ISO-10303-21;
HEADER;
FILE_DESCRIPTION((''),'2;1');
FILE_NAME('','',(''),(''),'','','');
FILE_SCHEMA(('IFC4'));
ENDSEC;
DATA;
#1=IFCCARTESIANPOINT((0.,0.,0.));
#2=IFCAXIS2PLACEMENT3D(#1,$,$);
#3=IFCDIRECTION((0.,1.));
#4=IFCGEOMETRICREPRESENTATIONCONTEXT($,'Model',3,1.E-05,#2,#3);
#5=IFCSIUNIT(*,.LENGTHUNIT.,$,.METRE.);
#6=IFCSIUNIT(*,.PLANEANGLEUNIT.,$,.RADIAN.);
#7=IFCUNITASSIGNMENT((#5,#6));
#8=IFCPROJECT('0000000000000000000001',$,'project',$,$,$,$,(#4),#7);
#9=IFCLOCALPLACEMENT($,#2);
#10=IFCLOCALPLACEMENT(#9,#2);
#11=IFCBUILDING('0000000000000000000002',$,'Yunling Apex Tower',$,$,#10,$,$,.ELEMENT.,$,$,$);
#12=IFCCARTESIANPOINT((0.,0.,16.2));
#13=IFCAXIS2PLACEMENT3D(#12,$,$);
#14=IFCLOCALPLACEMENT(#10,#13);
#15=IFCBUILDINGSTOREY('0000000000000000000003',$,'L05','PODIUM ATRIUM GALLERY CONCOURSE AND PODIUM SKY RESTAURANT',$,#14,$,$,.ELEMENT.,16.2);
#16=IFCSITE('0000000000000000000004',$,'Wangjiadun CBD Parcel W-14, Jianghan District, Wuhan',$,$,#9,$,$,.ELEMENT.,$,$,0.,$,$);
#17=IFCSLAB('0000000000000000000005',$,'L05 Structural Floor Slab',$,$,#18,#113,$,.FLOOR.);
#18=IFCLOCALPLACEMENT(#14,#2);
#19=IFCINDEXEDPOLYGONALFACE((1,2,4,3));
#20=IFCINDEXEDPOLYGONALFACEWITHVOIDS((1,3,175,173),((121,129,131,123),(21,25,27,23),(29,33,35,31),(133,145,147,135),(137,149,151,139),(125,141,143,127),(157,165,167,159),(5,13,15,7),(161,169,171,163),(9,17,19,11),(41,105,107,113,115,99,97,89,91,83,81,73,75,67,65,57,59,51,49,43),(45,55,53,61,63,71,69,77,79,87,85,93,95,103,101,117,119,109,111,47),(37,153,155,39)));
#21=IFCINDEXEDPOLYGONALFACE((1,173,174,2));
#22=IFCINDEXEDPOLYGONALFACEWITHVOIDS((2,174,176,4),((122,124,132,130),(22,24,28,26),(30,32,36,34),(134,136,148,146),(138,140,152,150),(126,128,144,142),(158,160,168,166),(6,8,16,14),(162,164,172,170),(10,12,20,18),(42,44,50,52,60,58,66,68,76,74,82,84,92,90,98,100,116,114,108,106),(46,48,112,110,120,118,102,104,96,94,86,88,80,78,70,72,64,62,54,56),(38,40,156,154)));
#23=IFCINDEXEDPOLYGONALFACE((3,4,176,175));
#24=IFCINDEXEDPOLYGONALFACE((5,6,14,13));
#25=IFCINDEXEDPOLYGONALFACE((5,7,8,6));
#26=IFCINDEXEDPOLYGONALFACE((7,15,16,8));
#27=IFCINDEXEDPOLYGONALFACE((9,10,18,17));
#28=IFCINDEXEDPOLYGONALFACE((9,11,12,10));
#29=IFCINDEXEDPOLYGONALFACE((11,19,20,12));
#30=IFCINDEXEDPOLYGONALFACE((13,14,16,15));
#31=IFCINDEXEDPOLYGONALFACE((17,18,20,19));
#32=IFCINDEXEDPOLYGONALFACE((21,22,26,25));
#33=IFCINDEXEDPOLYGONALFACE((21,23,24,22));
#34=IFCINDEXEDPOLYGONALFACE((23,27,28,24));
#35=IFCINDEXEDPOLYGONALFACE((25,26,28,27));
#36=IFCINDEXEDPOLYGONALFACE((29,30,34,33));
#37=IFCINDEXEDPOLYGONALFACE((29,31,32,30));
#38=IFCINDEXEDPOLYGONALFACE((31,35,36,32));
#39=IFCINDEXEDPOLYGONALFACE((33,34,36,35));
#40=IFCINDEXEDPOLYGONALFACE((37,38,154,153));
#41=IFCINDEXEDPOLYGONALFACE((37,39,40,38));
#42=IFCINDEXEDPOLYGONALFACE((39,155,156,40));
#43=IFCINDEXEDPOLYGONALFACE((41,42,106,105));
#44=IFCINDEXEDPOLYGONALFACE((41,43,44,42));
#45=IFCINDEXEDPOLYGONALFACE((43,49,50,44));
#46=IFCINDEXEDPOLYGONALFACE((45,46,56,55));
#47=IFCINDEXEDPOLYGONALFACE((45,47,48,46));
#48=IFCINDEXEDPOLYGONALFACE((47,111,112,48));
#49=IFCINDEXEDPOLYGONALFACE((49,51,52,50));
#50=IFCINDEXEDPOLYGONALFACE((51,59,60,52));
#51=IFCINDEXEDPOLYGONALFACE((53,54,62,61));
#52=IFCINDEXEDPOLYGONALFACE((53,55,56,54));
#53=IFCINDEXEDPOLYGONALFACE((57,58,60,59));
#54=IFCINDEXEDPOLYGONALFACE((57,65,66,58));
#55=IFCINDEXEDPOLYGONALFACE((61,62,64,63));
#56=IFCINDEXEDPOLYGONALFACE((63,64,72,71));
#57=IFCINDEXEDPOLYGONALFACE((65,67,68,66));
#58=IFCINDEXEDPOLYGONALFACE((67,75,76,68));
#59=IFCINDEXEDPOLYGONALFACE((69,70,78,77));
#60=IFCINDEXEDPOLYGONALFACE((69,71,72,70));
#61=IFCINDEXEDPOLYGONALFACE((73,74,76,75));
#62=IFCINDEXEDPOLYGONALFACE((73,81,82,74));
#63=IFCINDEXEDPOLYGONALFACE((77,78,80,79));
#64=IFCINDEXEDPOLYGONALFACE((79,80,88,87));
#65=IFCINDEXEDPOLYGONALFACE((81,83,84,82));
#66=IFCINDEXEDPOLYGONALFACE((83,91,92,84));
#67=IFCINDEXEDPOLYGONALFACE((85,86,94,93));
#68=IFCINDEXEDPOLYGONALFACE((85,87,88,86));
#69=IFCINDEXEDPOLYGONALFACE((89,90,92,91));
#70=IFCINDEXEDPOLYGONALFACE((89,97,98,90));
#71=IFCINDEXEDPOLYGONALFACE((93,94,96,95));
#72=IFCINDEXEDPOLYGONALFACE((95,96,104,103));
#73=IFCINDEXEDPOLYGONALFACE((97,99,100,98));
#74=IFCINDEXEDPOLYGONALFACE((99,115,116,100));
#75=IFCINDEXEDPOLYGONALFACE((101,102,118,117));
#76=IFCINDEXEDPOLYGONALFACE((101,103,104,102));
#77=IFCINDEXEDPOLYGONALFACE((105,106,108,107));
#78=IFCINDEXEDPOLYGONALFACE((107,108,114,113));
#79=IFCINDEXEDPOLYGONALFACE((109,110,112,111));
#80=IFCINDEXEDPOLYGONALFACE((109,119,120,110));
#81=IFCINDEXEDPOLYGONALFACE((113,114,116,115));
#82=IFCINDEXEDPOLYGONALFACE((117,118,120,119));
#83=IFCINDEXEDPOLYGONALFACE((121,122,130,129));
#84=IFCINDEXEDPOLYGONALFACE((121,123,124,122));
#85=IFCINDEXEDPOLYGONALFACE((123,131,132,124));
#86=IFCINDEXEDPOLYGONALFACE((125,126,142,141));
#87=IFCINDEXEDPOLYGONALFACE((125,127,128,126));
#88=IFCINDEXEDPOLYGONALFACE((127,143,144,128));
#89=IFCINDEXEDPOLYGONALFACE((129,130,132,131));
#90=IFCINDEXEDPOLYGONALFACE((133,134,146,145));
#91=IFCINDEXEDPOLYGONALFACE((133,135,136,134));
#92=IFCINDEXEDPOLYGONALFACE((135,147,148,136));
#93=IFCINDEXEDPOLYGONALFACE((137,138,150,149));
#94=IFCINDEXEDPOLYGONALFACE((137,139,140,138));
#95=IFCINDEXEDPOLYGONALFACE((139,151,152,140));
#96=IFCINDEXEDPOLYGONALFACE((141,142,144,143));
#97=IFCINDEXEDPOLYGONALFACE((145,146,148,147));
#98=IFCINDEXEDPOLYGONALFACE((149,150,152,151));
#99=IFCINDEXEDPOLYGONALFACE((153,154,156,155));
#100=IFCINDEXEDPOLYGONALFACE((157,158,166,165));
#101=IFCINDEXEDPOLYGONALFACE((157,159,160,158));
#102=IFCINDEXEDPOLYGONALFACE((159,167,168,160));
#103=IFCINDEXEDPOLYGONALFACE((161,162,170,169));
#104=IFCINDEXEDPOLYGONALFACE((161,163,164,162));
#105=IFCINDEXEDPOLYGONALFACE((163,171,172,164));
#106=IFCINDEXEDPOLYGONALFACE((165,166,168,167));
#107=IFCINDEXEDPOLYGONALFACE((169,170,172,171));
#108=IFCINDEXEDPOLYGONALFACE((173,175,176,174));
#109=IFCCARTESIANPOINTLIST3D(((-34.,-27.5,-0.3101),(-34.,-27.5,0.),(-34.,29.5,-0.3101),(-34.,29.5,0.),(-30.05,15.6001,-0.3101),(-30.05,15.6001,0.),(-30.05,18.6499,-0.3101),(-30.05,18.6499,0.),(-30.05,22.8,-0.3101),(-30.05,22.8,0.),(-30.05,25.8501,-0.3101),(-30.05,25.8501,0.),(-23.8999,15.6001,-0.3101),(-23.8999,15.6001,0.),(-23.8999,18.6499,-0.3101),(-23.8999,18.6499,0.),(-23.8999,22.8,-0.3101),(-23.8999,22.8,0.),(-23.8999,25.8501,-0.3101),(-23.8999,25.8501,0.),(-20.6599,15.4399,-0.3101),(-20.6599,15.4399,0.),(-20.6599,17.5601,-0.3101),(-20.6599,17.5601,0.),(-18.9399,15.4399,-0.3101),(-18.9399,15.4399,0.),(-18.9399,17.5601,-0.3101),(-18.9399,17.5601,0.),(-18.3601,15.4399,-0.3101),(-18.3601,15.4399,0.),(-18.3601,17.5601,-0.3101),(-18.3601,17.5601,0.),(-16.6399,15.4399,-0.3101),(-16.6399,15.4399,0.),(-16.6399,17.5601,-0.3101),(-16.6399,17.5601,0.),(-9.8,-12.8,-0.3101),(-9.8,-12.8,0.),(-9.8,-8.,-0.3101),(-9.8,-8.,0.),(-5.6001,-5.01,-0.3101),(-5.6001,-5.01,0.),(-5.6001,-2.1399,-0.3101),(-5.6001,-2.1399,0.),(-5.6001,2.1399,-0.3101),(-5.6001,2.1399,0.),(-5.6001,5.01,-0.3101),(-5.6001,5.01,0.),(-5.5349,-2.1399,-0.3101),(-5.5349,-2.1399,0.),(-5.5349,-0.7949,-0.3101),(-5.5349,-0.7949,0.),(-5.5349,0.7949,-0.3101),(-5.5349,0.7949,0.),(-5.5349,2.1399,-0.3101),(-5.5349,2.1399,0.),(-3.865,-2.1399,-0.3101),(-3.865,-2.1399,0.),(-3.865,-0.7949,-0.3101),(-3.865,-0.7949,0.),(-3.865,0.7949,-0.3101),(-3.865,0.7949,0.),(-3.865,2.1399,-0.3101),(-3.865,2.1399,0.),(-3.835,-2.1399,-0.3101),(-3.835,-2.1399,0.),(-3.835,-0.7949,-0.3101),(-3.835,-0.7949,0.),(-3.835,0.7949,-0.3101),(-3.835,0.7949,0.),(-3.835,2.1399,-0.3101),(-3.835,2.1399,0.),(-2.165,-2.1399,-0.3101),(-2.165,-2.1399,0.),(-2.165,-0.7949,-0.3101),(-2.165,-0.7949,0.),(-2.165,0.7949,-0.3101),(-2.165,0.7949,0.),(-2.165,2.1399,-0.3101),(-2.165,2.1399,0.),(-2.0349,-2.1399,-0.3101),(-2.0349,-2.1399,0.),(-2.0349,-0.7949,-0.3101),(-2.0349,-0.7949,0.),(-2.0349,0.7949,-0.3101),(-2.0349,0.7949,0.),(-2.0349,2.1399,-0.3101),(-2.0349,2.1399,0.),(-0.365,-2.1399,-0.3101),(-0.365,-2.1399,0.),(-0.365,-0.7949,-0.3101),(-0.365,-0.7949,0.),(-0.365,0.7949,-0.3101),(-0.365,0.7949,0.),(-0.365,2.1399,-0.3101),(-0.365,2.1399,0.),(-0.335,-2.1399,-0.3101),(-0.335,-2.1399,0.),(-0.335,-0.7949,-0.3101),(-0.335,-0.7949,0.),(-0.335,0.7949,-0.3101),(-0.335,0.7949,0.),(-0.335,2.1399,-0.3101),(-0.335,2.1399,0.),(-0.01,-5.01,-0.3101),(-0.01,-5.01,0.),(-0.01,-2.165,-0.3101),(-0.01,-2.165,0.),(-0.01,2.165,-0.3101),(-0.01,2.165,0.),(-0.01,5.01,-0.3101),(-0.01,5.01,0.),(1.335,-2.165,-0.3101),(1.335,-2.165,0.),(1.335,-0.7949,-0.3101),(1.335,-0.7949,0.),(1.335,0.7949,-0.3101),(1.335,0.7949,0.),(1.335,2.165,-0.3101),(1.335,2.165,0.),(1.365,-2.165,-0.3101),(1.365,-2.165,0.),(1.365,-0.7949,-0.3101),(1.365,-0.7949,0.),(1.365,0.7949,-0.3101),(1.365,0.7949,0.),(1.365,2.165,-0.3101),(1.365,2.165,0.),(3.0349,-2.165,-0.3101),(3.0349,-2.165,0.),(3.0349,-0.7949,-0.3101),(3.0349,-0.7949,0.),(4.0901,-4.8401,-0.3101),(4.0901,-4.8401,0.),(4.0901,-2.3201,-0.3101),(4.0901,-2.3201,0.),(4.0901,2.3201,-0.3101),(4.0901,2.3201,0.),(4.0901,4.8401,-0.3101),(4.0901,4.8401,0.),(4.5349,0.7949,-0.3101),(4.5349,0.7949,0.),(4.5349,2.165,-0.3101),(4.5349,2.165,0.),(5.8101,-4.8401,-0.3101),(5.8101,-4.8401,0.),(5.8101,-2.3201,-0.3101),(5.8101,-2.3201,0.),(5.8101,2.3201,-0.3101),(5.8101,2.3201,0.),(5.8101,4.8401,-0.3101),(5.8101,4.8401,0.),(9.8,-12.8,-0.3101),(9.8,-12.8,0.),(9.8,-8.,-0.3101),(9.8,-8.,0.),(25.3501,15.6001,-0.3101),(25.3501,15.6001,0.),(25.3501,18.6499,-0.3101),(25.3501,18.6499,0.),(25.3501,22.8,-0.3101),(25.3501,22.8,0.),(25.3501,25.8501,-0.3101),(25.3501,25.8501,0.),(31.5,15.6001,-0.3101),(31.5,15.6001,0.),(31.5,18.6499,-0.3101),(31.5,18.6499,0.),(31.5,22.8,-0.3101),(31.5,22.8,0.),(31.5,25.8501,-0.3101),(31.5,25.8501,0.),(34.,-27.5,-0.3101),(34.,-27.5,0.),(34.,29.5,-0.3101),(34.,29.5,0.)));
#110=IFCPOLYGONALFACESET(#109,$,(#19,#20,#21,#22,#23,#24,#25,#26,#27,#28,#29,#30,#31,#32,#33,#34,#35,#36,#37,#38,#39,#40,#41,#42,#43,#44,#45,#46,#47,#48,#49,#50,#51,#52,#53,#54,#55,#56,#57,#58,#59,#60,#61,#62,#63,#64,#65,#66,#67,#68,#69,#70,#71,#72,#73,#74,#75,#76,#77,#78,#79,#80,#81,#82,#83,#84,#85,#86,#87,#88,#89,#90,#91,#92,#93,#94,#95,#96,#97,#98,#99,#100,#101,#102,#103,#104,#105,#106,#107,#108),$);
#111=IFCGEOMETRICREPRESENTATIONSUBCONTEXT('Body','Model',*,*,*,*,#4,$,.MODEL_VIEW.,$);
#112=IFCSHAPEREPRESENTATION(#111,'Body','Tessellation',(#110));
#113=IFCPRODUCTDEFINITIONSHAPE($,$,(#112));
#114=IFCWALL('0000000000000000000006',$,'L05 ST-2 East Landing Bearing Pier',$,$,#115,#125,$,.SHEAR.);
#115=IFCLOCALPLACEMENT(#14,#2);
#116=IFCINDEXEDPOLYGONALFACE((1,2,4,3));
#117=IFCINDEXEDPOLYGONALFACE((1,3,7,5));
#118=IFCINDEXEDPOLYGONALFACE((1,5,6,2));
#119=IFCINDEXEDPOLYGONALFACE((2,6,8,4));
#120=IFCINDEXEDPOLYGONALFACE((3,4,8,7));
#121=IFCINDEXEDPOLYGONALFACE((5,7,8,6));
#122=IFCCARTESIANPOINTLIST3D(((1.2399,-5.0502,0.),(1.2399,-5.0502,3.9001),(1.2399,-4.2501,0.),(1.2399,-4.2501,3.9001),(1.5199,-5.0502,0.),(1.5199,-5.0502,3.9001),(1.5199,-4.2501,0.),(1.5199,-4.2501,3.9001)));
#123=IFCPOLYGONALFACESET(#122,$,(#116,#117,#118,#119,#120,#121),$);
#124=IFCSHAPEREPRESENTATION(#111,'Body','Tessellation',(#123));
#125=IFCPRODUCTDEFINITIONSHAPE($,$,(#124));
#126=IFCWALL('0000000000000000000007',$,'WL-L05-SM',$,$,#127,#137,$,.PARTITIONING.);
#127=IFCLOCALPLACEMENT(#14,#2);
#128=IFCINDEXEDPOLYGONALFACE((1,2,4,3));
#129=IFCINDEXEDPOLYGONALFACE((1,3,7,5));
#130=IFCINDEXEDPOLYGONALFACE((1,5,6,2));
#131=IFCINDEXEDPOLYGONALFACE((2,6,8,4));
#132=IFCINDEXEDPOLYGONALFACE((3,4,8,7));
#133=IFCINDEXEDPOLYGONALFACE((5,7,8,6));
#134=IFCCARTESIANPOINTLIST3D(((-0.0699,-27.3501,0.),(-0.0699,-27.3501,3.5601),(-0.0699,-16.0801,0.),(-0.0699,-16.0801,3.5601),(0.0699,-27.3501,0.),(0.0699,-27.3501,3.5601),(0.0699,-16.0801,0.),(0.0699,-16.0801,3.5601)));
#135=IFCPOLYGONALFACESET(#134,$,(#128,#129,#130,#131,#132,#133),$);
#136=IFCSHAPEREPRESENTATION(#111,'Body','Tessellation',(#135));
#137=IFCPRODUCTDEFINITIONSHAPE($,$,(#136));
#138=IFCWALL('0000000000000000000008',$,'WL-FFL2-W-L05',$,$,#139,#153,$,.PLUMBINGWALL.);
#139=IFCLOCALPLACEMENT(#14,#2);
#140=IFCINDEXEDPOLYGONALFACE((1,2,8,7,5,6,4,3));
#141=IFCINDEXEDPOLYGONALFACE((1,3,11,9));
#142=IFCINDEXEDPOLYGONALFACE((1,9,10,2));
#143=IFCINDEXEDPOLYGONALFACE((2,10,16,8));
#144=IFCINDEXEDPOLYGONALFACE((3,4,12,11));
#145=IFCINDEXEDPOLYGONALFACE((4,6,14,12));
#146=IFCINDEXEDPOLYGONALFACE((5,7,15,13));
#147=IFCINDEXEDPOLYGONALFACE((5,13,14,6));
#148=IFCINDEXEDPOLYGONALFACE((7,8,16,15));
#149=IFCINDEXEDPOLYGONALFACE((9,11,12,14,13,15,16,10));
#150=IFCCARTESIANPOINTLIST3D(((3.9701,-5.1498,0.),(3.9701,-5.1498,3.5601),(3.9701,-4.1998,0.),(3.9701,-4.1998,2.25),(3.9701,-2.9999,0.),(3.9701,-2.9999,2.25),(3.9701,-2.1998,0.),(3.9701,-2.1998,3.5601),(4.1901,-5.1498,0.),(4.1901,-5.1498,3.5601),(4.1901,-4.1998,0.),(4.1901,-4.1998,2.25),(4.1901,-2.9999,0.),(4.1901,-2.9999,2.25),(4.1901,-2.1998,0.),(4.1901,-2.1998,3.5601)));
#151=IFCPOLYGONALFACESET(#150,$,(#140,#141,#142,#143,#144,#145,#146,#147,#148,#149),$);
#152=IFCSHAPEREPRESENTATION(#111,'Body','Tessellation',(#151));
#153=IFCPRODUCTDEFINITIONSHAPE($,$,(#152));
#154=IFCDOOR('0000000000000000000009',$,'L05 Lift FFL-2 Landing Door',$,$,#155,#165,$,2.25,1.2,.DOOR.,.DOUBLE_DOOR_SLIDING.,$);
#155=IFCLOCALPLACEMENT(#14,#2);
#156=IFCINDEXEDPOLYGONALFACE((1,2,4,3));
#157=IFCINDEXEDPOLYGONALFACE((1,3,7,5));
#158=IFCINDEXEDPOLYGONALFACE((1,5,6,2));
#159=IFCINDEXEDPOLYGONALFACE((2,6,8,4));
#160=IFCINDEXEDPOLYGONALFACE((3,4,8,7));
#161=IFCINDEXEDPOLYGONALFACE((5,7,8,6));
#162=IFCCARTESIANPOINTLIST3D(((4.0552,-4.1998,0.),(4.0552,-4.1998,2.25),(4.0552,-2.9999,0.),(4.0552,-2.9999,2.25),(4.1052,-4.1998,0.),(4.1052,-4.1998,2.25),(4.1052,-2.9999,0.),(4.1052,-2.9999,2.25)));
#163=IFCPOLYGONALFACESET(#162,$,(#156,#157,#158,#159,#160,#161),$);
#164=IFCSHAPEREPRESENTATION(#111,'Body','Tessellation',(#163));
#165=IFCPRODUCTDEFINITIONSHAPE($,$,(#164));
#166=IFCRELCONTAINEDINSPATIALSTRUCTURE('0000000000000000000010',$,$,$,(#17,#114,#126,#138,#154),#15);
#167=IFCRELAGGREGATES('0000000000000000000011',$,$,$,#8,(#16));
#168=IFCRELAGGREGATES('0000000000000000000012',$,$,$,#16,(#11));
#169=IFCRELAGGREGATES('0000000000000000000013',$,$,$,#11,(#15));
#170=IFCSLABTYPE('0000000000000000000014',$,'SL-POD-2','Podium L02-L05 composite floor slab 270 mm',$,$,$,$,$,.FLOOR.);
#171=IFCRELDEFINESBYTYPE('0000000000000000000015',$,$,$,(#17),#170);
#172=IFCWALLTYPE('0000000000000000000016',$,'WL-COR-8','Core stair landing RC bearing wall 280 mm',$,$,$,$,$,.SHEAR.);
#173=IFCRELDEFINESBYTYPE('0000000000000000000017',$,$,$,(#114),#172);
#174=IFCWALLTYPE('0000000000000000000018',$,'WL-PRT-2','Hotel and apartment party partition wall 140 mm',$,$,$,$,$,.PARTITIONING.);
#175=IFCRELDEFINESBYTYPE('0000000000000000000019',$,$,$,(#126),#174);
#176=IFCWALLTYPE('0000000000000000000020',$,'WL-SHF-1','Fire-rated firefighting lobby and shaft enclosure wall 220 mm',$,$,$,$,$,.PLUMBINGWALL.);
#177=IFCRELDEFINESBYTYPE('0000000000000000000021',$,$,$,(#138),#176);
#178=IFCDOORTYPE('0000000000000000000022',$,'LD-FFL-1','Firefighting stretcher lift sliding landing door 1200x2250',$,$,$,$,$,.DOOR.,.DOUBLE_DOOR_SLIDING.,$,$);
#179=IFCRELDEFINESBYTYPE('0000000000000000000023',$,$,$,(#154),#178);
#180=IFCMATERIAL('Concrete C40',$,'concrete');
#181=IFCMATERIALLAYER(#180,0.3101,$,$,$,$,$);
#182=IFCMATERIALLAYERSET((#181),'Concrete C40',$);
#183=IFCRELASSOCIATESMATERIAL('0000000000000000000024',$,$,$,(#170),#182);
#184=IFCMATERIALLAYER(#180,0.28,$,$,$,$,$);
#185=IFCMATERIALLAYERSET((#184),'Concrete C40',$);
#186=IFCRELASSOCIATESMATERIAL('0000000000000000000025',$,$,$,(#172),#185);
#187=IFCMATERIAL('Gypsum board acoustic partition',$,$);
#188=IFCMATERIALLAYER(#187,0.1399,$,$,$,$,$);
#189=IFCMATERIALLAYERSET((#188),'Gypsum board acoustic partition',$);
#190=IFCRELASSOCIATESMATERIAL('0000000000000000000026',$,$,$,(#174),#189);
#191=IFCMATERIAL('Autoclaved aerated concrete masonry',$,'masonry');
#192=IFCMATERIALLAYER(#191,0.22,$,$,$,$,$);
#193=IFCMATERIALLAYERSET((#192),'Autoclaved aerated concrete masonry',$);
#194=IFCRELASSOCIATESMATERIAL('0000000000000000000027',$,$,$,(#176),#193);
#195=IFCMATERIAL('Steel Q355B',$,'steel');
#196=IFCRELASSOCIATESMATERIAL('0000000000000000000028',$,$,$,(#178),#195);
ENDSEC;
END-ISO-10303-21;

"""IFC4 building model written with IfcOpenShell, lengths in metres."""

from ifc_helpers import new_model, si_unit, direction, frame, frame_2d, origin, place, context, subcontext, project, spatial, polyline, rectangle, outline, extrude, material, layer, layer_set, type_object, element, fill, save


model = new_model("IFC4")

# Units and contexts
model_context = context("Model", 3, precision=1e-05, world=origin(), true_north=direction((0.0, 1.0)))
body_context = subcontext(model_context, "Body", "Model", "MODEL_VIEW")
ifc_project = project(units=[si_unit("LENGTHUNIT", "METRE"), si_unit("PLANEANGLEUNIT", "RADIAN")], contexts=[model_context])

# Site, building, storey
site_placement = place(None, origin())
site = spatial("IfcSite", under=ifc_project, at=site_placement, Name="Wangjiadun CBD Parcel W-14, Jianghan District, Wuhan", CompositionType="ELEMENT", RefElevation=0.0)
building_placement = place(site_placement, origin())
building = spatial("IfcBuilding", under=site, at=building_placement, Name="Yunling Apex Tower", CompositionType="ELEMENT")
storey_placement = place(building_placement, frame((0.0, 0.0, 16.2)))
storey = spatial("IfcBuildingStorey", under=building, at=storey_placement, Name="L05", Description="PODIUM ATRIUM GALLERY CONCOURSE AND PODIUM SKY RESTAURANT", CompositionType="ELEMENT", Elevation=16.2)

# Shared definitions
ifc_material_1 = material(Name="Steel Q355B", Category="steel")

# Shared definitions
ifc_material_2 = material(Name="Concrete C40", Category="concrete")

# Slab
ifc_layer_1 = layer(ifc_material_2, 0.3101)
ifc_layer_set_1 = layer_set([ifc_layer_1], Name="Concrete C40")
slab_type_1 = type_object("IfcSlabType", Name="SL-POD-2", Description="Podium L02-L05 composite floor slab 270 mm", PredefinedType="FLOOR", material=ifc_layer_set_1)
slab_1_placement = place(storey_placement, frame((0.0, 0.0, -0.3101)))
element("IfcSlab", 1, at=slab_1_placement, inside=storey, type_object=slab_type_1, Name="L05 Structural Floor Slab", PredefinedType="FLOOR", context=body_context, shape_type="SweptSolid", body=[
    extrude(outline(polyline([(-34.0, -27.5), (34.0, -27.5), (34.0, 29.5), (-34.0, 29.5), (-34.0, -27.5)]), holes=[polyline([(31.5, 15.6001), (25.3501, 15.6001), (25.3501, 18.6499), (31.5, 18.6499), (31.5, 15.6001)]), polyline([(31.5, 22.8), (25.3501, 22.8), (25.3501, 25.8501), (31.5, 25.8501), (31.5, 22.8)]), polyline([(9.8, -8.0), (9.8, -12.8), (-9.8, -12.8), (-9.8, -8.0), (9.8, -8.0)]), polyline([(5.8101, -2.3201), (5.8101, -4.8401), (4.0901, -4.8401), (4.0901, -2.3201), (5.8101, -2.3201)]), polyline([(5.8101, 4.8401), (5.8101, 2.3201), (4.0901, 2.3201), (4.0901, 4.8401), (5.8101, 4.8401)]), polyline([(4.5349, 0.7949), (1.365, 0.7949), (1.365, 2.165), (4.5349, 2.165), (4.5349, 0.7949)]), polyline([(3.0349, -2.165), (1.365, -2.165), (1.365, -0.7949), (3.0349, -0.7949), (3.0349, -2.165)]), polyline([(-5.6001, 5.01), (-0.01, 5.01), (-0.01, 2.165), (1.335, 2.165), (1.335, 0.7949), (-0.335, 0.7949), (-0.335, 2.1399), (-0.365, 2.1399), (-0.365, 0.7949), (-2.0349, 0.7949), (-2.0349, 2.1399), (-2.165, 2.1399), (-2.165, 0.7949), (-3.835, 0.7949), (-3.835, 2.1399), (-3.865, 2.1399), (-3.865, 0.7949), (-5.5349, 0.7949), (-5.5349, 2.1399), (-5.6001, 2.1399), (-5.6001, 5.01)]), polyline([(-3.865, -0.7949), (-3.865, -2.1399), (-3.835, -2.1399), (-3.835, -0.7949), (-2.165, -0.7949), (-2.165, -2.1399), (-2.0349, -2.1399), (-2.0349, -0.7949), (-0.365, -0.7949), (-0.365, -2.1399), (-0.335, -2.1399), (-0.335, -0.7949), (1.335, -0.7949), (1.335, -2.165), (-0.01, -2.165), (-0.01, -5.01), (-5.6001, -5.01), (-5.6001, -2.1399), (-5.5349, -2.1399), (-5.5349, -0.7949), (-3.865, -0.7949)]), polyline([(-16.6399, 17.5601), (-16.6399, 15.4399), (-18.3601, 15.4399), (-18.3601, 17.5601), (-16.6399, 17.5601)]), polyline([(-18.9399, 15.4399), (-20.6599, 15.4399), (-20.6599, 17.5601), (-18.9399, 17.5601), (-18.9399, 15.4399)]), polyline([(-23.8999, 15.6001), (-30.05, 15.6001), (-30.05, 18.6499), (-23.8999, 18.6499), (-23.8999, 15.6001)]), polyline([(-23.8999, 22.8), (-30.05, 22.8), (-30.05, 25.8501), (-23.8999, 25.8501), (-23.8999, 22.8)])]), origin(), (0.0, 0.0, 1.0), 0.3101),
])

# Walls
ifc_layer_2 = layer(ifc_material_2, 0.28)
ifc_layer_set_2 = layer_set([ifc_layer_2], Name="Concrete C40")
wall_type_1 = type_object("IfcWallType", Name="WL-COR-8", Description="Core stair landing RC bearing wall 280 mm", PredefinedType="SHEAR", material=ifc_layer_set_2)
wall_1_placement = place(storey_placement, frame((1.3799, -5.05, 0.0), z_axis=(0.0, 0.0, 1.0), x_axis=(0.0, 1.0, 0.0)))
element("IfcWall", 2, at=wall_1_placement, inside=storey, type_object=wall_type_1, Name="L05 ST-2 East Landing Bearing Pier", PredefinedType="SHEAR", context=body_context, shape_type="SweptSolid", body=[
    extrude(rectangle(XDim=0.8, YDim=0.28, at=frame_2d((0.3999, 0.0))), origin(), (0.0, 0.0, 1.0), 3.9001),
])
ifc_material_3 = material(Name="Gypsum board acoustic partition")
ifc_layer_3 = layer(ifc_material_3, 0.1399)
ifc_layer_set_3 = layer_set([ifc_layer_3], Name="Gypsum board acoustic partition")
wall_type_2 = type_object("IfcWallType", Name="WL-PRT-2", Description="Hotel and apartment party partition wall 140 mm", PredefinedType="PARTITIONING", material=ifc_layer_set_3)
wall_2_placement = place(storey_placement, frame((0.0, -27.3501, 0.0), z_axis=(0.0, 0.0, 1.0), x_axis=(0.0, 1.0, 0.0)))
element("IfcWall", 3, at=wall_2_placement, inside=storey, type_object=wall_type_2, Name="WL-L05-SM", PredefinedType="PARTITIONING", context=body_context, shape_type="SweptSolid", body=[
    extrude(rectangle(XDim=11.27, YDim=0.1399, at=frame_2d((5.635, 0.0))), origin(), (0.0, 0.0, 1.0), 3.5601),
])

# Wall, opening, door
ifc_material_4 = material(Name="Autoclaved aerated concrete masonry", Category="masonry")
ifc_layer_4 = layer(ifc_material_4, 0.22)
ifc_layer_set_4 = layer_set([ifc_layer_4], Name="Autoclaved aerated concrete masonry")
wall_type_3 = type_object("IfcWallType", Name="WL-SHF-1", Description="Fire-rated firefighting lobby and shaft enclosure wall 220 mm", PredefinedType="PLUMBINGWALL", material=ifc_layer_set_4)
wall_3_placement = place(storey_placement, frame((4.0801, -5.1499, 0.0), z_axis=(0.0, 0.0, 1.0), x_axis=(0.0, 1.0, 0.0)))
wall_3 = element("IfcWall", 4, at=wall_3_placement, inside=storey, type_object=wall_type_3, Name="WL-FFL2-W-L05", PredefinedType="PLUMBINGWALL", context=body_context, shape_type="SweptSolid", body=[
    extrude(rectangle(XDim=2.95, YDim=0.22, at=frame_2d((1.4751, 0.0))), origin(), (0.0, 0.0, 1.0), 3.5601),
])
opening_1_placement = place(wall_3_placement, frame((0.95, 0.0, 0.0)))
opening_1 = element("IfcOpeningElement", 5, at=opening_1_placement, cuts=wall_3, PredefinedType="OPENING", context=body_context, shape_type="SweptSolid", body=[
    extrude(rectangle(XDim=1.2, YDim=2.25, at=frame_2d((0.6001, 1.125))), frame((0.0, 0.1201, 0.0), z_axis=(0.0, -1.0, 0.0), x_axis=(1.0, 0.0, 0.0)), (0.0, 0.0, 1.0), 0.24),
])
door_type_1 = type_object("IfcDoorType", Name="LD-FFL-1", Description="Firefighting stretcher lift sliding landing door 1200x2250", OperationType="DOUBLE_DOOR_SLIDING", PredefinedType="DOOR", material=ifc_material_1)
door_1_placement = place(opening_1_placement, origin())
door_1 = element("IfcDoor", 6, at=door_1_placement, inside=storey, type_object=door_type_1, Name="L05 Lift FFL-2 Landing Door", OperationType="DOUBLE_DOOR_SLIDING", OverallHeight=2.25, OverallWidth=1.2, PredefinedType="DOOR", context=body_context, shape_type="SweptSolid", body=[
    extrude(rectangle(XDim=1.2, YDim=2.25, at=frame_2d((0.6001, 1.125))), frame((0.0, 0.0249, 0.0), z_axis=(0.0, -1.0, 0.0), x_axis=(1.0, 0.0, 0.0)), (0.0, 0.0, 1.0), 0.05),
])
fill(opening_1, door_1)

save(model, "model.ifc")
